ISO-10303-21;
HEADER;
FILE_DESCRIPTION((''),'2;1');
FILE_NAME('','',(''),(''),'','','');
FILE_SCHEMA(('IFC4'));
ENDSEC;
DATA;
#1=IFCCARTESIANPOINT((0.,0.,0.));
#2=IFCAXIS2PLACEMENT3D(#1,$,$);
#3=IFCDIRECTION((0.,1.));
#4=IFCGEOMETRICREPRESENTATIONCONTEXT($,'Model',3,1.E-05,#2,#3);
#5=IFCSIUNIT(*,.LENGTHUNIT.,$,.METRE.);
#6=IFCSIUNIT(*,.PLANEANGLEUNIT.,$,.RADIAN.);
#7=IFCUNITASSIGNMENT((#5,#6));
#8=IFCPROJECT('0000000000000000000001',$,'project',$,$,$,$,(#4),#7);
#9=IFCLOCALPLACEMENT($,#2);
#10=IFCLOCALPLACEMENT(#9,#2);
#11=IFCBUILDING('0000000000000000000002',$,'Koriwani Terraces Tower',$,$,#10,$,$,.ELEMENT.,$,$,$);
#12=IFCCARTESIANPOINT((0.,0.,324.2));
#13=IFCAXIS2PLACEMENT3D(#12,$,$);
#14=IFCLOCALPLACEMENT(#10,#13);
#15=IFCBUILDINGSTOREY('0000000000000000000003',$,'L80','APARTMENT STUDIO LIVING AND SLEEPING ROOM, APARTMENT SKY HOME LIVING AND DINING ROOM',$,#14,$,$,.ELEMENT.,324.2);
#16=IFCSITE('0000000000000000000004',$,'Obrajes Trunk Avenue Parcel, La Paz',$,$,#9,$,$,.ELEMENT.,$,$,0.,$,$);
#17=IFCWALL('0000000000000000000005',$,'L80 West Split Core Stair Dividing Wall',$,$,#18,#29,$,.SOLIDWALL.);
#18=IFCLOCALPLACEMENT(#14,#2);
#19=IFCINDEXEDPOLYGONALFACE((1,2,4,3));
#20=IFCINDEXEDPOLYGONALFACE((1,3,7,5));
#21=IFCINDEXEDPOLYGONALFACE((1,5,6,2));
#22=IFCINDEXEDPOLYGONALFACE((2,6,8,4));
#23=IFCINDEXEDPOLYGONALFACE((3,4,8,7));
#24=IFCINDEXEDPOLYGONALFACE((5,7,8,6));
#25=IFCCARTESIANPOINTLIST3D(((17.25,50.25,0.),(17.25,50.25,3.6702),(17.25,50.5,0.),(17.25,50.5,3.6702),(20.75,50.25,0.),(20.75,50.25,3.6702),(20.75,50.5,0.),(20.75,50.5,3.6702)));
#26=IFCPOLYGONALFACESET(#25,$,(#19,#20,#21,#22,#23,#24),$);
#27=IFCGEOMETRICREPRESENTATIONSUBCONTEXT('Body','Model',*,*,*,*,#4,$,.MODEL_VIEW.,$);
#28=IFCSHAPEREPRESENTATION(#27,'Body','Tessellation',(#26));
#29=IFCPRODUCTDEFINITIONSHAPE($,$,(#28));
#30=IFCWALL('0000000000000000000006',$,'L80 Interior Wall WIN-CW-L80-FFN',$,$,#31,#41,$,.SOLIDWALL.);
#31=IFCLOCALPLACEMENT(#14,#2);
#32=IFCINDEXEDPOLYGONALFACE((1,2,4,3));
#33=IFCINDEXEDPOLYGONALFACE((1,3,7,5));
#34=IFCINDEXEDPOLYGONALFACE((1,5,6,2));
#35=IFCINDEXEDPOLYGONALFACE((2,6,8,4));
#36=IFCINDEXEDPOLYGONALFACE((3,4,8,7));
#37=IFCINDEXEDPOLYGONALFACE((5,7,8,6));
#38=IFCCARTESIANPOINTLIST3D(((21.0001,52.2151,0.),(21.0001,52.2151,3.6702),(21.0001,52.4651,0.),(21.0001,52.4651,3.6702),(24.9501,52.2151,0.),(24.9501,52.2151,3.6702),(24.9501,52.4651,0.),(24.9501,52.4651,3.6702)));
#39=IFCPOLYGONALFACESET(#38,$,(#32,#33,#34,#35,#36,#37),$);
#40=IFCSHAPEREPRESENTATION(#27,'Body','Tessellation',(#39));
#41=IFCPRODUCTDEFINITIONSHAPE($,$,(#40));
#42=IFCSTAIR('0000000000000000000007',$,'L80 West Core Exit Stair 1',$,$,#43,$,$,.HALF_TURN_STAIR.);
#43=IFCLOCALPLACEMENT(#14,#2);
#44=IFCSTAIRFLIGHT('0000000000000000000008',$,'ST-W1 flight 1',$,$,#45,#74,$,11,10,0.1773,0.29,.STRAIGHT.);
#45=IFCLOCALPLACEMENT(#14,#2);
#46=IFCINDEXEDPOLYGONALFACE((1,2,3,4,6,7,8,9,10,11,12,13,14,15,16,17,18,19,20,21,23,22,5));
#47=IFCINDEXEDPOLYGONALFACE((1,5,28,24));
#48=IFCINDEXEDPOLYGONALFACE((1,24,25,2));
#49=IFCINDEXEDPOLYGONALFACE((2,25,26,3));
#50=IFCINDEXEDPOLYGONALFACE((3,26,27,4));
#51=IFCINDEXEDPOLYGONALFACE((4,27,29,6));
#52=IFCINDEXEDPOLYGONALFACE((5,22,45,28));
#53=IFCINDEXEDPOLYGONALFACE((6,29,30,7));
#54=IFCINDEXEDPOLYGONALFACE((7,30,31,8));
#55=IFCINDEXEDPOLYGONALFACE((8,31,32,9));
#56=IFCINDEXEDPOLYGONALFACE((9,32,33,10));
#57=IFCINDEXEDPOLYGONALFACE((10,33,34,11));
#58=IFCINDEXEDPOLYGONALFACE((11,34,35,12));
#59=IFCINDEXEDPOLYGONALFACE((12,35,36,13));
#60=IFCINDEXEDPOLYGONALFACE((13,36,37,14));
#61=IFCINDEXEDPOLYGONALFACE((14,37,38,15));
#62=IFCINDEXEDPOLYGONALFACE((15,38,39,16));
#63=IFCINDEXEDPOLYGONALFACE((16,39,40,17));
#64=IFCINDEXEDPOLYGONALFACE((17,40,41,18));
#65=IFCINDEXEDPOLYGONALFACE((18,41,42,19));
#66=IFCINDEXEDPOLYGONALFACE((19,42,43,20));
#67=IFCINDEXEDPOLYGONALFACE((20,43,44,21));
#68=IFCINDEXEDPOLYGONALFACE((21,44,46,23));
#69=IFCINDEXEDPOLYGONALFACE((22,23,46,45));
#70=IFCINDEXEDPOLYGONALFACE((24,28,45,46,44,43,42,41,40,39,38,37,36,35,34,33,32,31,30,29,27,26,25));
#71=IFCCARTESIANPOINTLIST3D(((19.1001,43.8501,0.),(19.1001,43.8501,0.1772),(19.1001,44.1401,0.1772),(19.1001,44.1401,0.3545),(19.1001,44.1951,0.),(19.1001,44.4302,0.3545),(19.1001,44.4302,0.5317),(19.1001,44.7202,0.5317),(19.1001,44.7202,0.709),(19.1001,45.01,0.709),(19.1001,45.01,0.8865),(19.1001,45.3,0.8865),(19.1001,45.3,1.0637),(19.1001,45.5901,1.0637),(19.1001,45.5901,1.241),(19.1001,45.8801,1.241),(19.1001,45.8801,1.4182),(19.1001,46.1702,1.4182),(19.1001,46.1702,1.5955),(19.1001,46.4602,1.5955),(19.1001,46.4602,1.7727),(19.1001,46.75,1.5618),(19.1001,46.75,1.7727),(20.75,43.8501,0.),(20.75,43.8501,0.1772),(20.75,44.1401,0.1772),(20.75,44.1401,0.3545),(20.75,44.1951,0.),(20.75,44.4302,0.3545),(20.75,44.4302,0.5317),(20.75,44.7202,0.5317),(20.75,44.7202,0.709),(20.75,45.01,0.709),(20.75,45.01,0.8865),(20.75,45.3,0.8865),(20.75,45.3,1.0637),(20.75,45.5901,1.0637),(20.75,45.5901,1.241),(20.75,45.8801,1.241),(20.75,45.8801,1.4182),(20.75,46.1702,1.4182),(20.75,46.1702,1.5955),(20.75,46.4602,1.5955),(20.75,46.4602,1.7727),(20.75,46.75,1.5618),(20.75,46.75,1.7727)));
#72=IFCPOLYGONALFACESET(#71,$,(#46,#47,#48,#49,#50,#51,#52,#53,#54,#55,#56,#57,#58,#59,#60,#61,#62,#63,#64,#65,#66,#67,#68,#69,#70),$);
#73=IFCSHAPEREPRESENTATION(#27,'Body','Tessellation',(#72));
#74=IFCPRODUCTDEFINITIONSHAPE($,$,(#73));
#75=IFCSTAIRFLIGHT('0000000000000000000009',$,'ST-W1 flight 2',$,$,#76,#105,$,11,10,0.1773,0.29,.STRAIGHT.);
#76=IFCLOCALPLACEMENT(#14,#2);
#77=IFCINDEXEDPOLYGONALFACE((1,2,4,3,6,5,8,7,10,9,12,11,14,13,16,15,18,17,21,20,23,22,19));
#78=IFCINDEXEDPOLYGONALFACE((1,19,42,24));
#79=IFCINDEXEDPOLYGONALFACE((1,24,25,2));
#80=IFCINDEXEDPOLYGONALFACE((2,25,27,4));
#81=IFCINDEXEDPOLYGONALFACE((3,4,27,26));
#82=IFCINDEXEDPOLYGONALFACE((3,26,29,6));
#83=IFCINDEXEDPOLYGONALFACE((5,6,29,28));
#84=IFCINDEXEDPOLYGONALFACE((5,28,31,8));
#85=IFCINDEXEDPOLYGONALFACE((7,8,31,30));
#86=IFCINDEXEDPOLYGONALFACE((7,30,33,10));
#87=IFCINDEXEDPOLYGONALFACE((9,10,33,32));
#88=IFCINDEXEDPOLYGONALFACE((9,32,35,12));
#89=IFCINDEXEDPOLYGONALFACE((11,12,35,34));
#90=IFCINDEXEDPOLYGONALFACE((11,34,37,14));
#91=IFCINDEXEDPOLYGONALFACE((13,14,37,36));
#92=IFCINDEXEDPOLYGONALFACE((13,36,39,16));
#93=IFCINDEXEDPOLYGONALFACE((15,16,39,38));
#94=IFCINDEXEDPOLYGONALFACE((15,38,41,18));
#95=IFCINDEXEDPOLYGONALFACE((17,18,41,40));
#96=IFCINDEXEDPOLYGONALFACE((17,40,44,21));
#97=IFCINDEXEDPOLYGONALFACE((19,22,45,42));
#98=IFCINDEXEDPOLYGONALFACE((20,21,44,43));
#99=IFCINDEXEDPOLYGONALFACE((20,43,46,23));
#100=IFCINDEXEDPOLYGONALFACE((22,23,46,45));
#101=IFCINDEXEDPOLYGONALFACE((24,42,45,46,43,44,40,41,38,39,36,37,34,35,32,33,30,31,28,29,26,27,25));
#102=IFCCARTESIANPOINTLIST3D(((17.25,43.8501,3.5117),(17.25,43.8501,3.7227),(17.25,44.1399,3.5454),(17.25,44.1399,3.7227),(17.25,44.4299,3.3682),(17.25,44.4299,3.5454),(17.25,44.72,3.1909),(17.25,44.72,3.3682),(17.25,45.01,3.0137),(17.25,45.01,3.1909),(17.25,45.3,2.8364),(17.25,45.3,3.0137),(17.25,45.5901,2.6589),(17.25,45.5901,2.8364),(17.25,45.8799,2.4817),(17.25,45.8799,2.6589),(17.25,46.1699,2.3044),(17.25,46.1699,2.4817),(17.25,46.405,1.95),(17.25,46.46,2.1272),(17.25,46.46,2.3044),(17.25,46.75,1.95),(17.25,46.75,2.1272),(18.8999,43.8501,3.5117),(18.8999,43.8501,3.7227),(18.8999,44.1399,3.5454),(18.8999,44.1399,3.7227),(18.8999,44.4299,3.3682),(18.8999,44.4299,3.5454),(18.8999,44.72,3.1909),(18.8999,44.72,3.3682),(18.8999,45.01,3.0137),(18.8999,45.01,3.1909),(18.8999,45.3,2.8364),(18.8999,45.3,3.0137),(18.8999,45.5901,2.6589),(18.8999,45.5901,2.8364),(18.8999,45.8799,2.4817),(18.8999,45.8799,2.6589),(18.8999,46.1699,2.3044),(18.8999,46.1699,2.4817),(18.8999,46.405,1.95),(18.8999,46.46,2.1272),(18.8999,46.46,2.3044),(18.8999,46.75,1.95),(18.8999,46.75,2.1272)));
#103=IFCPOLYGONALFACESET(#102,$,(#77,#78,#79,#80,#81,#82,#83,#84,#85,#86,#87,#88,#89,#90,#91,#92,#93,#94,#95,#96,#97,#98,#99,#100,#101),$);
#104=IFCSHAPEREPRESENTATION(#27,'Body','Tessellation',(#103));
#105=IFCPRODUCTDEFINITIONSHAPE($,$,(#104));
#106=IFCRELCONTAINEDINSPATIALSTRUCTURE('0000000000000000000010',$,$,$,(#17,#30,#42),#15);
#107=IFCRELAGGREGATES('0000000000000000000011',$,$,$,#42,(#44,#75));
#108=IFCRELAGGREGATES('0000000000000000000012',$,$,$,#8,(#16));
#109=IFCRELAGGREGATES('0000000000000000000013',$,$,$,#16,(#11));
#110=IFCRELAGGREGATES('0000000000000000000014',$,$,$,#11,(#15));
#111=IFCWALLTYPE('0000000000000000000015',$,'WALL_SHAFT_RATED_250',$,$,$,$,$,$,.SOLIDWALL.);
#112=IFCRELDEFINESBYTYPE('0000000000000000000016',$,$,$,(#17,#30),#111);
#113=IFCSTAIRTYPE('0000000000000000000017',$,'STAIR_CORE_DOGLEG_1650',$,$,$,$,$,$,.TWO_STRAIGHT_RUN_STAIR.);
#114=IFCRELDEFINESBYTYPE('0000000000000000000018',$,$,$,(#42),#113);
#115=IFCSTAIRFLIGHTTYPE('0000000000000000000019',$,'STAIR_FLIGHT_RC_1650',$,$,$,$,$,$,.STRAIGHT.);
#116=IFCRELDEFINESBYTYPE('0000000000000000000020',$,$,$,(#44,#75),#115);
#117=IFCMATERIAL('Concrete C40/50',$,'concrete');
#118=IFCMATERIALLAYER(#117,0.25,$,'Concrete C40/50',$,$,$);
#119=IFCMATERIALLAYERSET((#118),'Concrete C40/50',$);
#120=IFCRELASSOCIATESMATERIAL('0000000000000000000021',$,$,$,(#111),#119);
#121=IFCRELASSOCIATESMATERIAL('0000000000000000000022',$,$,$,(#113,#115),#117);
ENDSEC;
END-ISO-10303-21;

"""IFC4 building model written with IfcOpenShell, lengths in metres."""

from ifc_helpers import new_model, si_unit, direction, frame, frame_2d, origin, place, context, subcontext, project, spatial, polyline, rectangle, outline, extrude, material, layer, layer_set, type_object, element, aggregate, save


model = new_model("IFC4")

# Units and contexts
model_context = context("Model", 3, precision=1e-05, world=origin(), true_north=direction((0.0, 1.0)))
body_context = subcontext(model_context, "Body", "Model", "MODEL_VIEW")
ifc_project = project(units=[si_unit("LENGTHUNIT", "METRE"), si_unit("PLANEANGLEUNIT", "RADIAN")], contexts=[model_context])

# Site, building, storey
site_placement = place(None, origin())
site = spatial("IfcSite", under=ifc_project, at=site_placement, Name="Obrajes Trunk Avenue Parcel, La Paz", CompositionType="ELEMENT", RefElevation=0.0)
building_placement = place(site_placement, origin())
building = spatial("IfcBuilding", under=site, at=building_placement, Name="Koriwani Terraces Tower", CompositionType="ELEMENT")
storey_placement = place(building_placement, frame((0.0, 0.0, 324.2)))
storey = spatial("IfcBuildingStorey", under=building, at=storey_placement, Name="L80", Description="APARTMENT STUDIO LIVING AND SLEEPING ROOM, APARTMENT SKY HOME LIVING AND DINING ROOM", CompositionType="ELEMENT", Elevation=324.2)

# Shared definitions
ifc_material_1 = material(Name="Concrete C40/50", Category="concrete")

# Wall
ifc_layer_1 = layer(ifc_material_1, 0.25, Name="Concrete C40/50")
ifc_layer_set_1 = layer_set([ifc_layer_1], Name="Concrete C40/50")
wall_type_1 = type_object("IfcWallType", Name="WALL_SHAFT_RATED_250", PredefinedType="SOLIDWALL", material=ifc_layer_set_1)
wall_1_placement = place(storey_placement, frame((17.25, 50.375, 0.0), z_axis=(0.0, 0.0, 1.0), x_axis=(1.0, 0.0, 0.0)))
element("IfcWall", 1, at=wall_1_placement, inside=storey, type_object=wall_type_1, Name="L80 West Split Core Stair Dividing Wall", PredefinedType="SOLIDWALL", context=body_context, shape_type="SweptSolid", body=[
    extrude(rectangle(XDim=3.5, YDim=0.25, at=frame_2d((1.75, 0.0))), origin(), (0.0, 0.0, 1.0), 3.6702),
])

# Wall
wall_2_placement = place(storey_placement, frame((21.0, 52.3401, 0.0), z_axis=(0.0, 0.0, 1.0), x_axis=(1.0, 0.0, 0.0)))
element("IfcWall", 2, at=wall_2_placement, inside=storey, type_object=wall_type_1, Name="L80 Interior Wall WIN-CW-L80-FFN", PredefinedType="SOLIDWALL", context=body_context, shape_type="SweptSolid", body=[
    extrude(rectangle(XDim=3.95, YDim=0.25, at=frame_2d((1.9751, 0.0))), origin(), (0.0, 0.0, 1.0), 3.6702),
])

# Stair, stair flights
stair_type = type_object("IfcStairType", Name="STAIR_CORE_DOGLEG_1650", PredefinedType="TWO_STRAIGHT_RUN_STAIR", material=ifc_material_1)
stair_placement = place(storey_placement, origin())
stair = element("IfcStair", 3, at=stair_placement, inside=storey, type_object=stair_type, Name="L80 West Core Exit Stair 1", PredefinedType="HALF_TURN_STAIR")
stair_flight_type = type_object("IfcStairFlightType", Name="STAIR_FLIGHT_RC_1650", PredefinedType="STRAIGHT", material=ifc_material_1)
stair_flight_1_placement = place(storey_placement, frame((19.925, 43.8501, 0.0), z_axis=(0.0, 0.0, 1.0), x_axis=(0.0, 1.0, 0.0)))
stair_flight_1 = element("IfcStairFlight", 4, at=stair_flight_1_placement, type_object=stair_flight_type, Name="ST-W1 flight 1", NumberOfRisers=11, NumberOfTreads=10, PredefinedType="STRAIGHT", RiserHeight=0.1773, TreadLength=0.29, context=body_context, shape_type="SweptSolid", body=[
    extrude(outline(polyline([(0.0, 0.0), (0.0, 0.1772), (0.29, 0.1772), (0.29, 0.3545), (0.5801, 0.3545), (0.5801, 0.5317), (0.8701, 0.5317), (0.8701, 0.709), (1.1599, 0.709), (1.1599, 0.8865), (1.45, 0.8865), (1.45, 1.0637), (1.74, 1.0637), (1.74, 1.241), (2.03, 1.241), (2.03, 1.4182), (2.3201, 1.4182), (2.3201, 1.5955), (2.6101, 1.5955), (2.6101, 1.7727), (2.8999, 1.7727), (2.8999, 1.95), (2.8999, 1.5618), (0.345, 0.0), (0.0, 0.0)])), frame((0.0, 0.825, 0.0), z_axis=(0.0, -1.0, 0.0), x_axis=(1.0, 0.0, 0.0)), (0.0, 0.0, 1.0), 1.6499),
])
stair_flight_2_placement = place(storey_placement, frame((18.075, 46.75, 1.95), z_axis=(0.0, 0.0, 1.0), x_axis=(0.0, -1.0, 0.0)))
stair_flight_2 = element("IfcStairFlight", 5, at=stair_flight_2_placement, type_object=stair_flight_type, Name="ST-W1 flight 2", NumberOfRisers=11, NumberOfTreads=10, PredefinedType="STRAIGHT", RiserHeight=0.1773, TreadLength=0.29, context=body_context, shape_type="SweptSolid", body=[
    extrude(outline(polyline([(0.0, 0.0), (0.0, 0.1772), (0.29, 0.1772), (0.29, 0.3545), (0.5801, 0.3545), (0.5801, 0.5317), (0.8701, 0.5317), (0.8701, 0.709), (1.1599, 0.709), (1.1599, 0.8865), (1.45, 0.8865), (1.45, 1.0637), (1.74, 1.0637), (1.74, 1.241), (2.03, 1.241), (2.03, 1.4182), (2.3201, 1.4182), (2.3201, 1.5955), (2.6101, 1.5955), (2.6101, 1.7727), (2.8999, 1.7727), (2.8999, 1.95), (2.8999, 1.5618), (0.345, 0.0), (0.0, 0.0)])), frame((0.0, 0.825, 0.0), z_axis=(0.0, -1.0, 0.0), x_axis=(1.0, 0.0, 0.0)), (0.0, 0.0, 1.0), 1.6499),
])
aggregate(stair, [stair_flight_1, stair_flight_2])

save(model, "model.ifc")
